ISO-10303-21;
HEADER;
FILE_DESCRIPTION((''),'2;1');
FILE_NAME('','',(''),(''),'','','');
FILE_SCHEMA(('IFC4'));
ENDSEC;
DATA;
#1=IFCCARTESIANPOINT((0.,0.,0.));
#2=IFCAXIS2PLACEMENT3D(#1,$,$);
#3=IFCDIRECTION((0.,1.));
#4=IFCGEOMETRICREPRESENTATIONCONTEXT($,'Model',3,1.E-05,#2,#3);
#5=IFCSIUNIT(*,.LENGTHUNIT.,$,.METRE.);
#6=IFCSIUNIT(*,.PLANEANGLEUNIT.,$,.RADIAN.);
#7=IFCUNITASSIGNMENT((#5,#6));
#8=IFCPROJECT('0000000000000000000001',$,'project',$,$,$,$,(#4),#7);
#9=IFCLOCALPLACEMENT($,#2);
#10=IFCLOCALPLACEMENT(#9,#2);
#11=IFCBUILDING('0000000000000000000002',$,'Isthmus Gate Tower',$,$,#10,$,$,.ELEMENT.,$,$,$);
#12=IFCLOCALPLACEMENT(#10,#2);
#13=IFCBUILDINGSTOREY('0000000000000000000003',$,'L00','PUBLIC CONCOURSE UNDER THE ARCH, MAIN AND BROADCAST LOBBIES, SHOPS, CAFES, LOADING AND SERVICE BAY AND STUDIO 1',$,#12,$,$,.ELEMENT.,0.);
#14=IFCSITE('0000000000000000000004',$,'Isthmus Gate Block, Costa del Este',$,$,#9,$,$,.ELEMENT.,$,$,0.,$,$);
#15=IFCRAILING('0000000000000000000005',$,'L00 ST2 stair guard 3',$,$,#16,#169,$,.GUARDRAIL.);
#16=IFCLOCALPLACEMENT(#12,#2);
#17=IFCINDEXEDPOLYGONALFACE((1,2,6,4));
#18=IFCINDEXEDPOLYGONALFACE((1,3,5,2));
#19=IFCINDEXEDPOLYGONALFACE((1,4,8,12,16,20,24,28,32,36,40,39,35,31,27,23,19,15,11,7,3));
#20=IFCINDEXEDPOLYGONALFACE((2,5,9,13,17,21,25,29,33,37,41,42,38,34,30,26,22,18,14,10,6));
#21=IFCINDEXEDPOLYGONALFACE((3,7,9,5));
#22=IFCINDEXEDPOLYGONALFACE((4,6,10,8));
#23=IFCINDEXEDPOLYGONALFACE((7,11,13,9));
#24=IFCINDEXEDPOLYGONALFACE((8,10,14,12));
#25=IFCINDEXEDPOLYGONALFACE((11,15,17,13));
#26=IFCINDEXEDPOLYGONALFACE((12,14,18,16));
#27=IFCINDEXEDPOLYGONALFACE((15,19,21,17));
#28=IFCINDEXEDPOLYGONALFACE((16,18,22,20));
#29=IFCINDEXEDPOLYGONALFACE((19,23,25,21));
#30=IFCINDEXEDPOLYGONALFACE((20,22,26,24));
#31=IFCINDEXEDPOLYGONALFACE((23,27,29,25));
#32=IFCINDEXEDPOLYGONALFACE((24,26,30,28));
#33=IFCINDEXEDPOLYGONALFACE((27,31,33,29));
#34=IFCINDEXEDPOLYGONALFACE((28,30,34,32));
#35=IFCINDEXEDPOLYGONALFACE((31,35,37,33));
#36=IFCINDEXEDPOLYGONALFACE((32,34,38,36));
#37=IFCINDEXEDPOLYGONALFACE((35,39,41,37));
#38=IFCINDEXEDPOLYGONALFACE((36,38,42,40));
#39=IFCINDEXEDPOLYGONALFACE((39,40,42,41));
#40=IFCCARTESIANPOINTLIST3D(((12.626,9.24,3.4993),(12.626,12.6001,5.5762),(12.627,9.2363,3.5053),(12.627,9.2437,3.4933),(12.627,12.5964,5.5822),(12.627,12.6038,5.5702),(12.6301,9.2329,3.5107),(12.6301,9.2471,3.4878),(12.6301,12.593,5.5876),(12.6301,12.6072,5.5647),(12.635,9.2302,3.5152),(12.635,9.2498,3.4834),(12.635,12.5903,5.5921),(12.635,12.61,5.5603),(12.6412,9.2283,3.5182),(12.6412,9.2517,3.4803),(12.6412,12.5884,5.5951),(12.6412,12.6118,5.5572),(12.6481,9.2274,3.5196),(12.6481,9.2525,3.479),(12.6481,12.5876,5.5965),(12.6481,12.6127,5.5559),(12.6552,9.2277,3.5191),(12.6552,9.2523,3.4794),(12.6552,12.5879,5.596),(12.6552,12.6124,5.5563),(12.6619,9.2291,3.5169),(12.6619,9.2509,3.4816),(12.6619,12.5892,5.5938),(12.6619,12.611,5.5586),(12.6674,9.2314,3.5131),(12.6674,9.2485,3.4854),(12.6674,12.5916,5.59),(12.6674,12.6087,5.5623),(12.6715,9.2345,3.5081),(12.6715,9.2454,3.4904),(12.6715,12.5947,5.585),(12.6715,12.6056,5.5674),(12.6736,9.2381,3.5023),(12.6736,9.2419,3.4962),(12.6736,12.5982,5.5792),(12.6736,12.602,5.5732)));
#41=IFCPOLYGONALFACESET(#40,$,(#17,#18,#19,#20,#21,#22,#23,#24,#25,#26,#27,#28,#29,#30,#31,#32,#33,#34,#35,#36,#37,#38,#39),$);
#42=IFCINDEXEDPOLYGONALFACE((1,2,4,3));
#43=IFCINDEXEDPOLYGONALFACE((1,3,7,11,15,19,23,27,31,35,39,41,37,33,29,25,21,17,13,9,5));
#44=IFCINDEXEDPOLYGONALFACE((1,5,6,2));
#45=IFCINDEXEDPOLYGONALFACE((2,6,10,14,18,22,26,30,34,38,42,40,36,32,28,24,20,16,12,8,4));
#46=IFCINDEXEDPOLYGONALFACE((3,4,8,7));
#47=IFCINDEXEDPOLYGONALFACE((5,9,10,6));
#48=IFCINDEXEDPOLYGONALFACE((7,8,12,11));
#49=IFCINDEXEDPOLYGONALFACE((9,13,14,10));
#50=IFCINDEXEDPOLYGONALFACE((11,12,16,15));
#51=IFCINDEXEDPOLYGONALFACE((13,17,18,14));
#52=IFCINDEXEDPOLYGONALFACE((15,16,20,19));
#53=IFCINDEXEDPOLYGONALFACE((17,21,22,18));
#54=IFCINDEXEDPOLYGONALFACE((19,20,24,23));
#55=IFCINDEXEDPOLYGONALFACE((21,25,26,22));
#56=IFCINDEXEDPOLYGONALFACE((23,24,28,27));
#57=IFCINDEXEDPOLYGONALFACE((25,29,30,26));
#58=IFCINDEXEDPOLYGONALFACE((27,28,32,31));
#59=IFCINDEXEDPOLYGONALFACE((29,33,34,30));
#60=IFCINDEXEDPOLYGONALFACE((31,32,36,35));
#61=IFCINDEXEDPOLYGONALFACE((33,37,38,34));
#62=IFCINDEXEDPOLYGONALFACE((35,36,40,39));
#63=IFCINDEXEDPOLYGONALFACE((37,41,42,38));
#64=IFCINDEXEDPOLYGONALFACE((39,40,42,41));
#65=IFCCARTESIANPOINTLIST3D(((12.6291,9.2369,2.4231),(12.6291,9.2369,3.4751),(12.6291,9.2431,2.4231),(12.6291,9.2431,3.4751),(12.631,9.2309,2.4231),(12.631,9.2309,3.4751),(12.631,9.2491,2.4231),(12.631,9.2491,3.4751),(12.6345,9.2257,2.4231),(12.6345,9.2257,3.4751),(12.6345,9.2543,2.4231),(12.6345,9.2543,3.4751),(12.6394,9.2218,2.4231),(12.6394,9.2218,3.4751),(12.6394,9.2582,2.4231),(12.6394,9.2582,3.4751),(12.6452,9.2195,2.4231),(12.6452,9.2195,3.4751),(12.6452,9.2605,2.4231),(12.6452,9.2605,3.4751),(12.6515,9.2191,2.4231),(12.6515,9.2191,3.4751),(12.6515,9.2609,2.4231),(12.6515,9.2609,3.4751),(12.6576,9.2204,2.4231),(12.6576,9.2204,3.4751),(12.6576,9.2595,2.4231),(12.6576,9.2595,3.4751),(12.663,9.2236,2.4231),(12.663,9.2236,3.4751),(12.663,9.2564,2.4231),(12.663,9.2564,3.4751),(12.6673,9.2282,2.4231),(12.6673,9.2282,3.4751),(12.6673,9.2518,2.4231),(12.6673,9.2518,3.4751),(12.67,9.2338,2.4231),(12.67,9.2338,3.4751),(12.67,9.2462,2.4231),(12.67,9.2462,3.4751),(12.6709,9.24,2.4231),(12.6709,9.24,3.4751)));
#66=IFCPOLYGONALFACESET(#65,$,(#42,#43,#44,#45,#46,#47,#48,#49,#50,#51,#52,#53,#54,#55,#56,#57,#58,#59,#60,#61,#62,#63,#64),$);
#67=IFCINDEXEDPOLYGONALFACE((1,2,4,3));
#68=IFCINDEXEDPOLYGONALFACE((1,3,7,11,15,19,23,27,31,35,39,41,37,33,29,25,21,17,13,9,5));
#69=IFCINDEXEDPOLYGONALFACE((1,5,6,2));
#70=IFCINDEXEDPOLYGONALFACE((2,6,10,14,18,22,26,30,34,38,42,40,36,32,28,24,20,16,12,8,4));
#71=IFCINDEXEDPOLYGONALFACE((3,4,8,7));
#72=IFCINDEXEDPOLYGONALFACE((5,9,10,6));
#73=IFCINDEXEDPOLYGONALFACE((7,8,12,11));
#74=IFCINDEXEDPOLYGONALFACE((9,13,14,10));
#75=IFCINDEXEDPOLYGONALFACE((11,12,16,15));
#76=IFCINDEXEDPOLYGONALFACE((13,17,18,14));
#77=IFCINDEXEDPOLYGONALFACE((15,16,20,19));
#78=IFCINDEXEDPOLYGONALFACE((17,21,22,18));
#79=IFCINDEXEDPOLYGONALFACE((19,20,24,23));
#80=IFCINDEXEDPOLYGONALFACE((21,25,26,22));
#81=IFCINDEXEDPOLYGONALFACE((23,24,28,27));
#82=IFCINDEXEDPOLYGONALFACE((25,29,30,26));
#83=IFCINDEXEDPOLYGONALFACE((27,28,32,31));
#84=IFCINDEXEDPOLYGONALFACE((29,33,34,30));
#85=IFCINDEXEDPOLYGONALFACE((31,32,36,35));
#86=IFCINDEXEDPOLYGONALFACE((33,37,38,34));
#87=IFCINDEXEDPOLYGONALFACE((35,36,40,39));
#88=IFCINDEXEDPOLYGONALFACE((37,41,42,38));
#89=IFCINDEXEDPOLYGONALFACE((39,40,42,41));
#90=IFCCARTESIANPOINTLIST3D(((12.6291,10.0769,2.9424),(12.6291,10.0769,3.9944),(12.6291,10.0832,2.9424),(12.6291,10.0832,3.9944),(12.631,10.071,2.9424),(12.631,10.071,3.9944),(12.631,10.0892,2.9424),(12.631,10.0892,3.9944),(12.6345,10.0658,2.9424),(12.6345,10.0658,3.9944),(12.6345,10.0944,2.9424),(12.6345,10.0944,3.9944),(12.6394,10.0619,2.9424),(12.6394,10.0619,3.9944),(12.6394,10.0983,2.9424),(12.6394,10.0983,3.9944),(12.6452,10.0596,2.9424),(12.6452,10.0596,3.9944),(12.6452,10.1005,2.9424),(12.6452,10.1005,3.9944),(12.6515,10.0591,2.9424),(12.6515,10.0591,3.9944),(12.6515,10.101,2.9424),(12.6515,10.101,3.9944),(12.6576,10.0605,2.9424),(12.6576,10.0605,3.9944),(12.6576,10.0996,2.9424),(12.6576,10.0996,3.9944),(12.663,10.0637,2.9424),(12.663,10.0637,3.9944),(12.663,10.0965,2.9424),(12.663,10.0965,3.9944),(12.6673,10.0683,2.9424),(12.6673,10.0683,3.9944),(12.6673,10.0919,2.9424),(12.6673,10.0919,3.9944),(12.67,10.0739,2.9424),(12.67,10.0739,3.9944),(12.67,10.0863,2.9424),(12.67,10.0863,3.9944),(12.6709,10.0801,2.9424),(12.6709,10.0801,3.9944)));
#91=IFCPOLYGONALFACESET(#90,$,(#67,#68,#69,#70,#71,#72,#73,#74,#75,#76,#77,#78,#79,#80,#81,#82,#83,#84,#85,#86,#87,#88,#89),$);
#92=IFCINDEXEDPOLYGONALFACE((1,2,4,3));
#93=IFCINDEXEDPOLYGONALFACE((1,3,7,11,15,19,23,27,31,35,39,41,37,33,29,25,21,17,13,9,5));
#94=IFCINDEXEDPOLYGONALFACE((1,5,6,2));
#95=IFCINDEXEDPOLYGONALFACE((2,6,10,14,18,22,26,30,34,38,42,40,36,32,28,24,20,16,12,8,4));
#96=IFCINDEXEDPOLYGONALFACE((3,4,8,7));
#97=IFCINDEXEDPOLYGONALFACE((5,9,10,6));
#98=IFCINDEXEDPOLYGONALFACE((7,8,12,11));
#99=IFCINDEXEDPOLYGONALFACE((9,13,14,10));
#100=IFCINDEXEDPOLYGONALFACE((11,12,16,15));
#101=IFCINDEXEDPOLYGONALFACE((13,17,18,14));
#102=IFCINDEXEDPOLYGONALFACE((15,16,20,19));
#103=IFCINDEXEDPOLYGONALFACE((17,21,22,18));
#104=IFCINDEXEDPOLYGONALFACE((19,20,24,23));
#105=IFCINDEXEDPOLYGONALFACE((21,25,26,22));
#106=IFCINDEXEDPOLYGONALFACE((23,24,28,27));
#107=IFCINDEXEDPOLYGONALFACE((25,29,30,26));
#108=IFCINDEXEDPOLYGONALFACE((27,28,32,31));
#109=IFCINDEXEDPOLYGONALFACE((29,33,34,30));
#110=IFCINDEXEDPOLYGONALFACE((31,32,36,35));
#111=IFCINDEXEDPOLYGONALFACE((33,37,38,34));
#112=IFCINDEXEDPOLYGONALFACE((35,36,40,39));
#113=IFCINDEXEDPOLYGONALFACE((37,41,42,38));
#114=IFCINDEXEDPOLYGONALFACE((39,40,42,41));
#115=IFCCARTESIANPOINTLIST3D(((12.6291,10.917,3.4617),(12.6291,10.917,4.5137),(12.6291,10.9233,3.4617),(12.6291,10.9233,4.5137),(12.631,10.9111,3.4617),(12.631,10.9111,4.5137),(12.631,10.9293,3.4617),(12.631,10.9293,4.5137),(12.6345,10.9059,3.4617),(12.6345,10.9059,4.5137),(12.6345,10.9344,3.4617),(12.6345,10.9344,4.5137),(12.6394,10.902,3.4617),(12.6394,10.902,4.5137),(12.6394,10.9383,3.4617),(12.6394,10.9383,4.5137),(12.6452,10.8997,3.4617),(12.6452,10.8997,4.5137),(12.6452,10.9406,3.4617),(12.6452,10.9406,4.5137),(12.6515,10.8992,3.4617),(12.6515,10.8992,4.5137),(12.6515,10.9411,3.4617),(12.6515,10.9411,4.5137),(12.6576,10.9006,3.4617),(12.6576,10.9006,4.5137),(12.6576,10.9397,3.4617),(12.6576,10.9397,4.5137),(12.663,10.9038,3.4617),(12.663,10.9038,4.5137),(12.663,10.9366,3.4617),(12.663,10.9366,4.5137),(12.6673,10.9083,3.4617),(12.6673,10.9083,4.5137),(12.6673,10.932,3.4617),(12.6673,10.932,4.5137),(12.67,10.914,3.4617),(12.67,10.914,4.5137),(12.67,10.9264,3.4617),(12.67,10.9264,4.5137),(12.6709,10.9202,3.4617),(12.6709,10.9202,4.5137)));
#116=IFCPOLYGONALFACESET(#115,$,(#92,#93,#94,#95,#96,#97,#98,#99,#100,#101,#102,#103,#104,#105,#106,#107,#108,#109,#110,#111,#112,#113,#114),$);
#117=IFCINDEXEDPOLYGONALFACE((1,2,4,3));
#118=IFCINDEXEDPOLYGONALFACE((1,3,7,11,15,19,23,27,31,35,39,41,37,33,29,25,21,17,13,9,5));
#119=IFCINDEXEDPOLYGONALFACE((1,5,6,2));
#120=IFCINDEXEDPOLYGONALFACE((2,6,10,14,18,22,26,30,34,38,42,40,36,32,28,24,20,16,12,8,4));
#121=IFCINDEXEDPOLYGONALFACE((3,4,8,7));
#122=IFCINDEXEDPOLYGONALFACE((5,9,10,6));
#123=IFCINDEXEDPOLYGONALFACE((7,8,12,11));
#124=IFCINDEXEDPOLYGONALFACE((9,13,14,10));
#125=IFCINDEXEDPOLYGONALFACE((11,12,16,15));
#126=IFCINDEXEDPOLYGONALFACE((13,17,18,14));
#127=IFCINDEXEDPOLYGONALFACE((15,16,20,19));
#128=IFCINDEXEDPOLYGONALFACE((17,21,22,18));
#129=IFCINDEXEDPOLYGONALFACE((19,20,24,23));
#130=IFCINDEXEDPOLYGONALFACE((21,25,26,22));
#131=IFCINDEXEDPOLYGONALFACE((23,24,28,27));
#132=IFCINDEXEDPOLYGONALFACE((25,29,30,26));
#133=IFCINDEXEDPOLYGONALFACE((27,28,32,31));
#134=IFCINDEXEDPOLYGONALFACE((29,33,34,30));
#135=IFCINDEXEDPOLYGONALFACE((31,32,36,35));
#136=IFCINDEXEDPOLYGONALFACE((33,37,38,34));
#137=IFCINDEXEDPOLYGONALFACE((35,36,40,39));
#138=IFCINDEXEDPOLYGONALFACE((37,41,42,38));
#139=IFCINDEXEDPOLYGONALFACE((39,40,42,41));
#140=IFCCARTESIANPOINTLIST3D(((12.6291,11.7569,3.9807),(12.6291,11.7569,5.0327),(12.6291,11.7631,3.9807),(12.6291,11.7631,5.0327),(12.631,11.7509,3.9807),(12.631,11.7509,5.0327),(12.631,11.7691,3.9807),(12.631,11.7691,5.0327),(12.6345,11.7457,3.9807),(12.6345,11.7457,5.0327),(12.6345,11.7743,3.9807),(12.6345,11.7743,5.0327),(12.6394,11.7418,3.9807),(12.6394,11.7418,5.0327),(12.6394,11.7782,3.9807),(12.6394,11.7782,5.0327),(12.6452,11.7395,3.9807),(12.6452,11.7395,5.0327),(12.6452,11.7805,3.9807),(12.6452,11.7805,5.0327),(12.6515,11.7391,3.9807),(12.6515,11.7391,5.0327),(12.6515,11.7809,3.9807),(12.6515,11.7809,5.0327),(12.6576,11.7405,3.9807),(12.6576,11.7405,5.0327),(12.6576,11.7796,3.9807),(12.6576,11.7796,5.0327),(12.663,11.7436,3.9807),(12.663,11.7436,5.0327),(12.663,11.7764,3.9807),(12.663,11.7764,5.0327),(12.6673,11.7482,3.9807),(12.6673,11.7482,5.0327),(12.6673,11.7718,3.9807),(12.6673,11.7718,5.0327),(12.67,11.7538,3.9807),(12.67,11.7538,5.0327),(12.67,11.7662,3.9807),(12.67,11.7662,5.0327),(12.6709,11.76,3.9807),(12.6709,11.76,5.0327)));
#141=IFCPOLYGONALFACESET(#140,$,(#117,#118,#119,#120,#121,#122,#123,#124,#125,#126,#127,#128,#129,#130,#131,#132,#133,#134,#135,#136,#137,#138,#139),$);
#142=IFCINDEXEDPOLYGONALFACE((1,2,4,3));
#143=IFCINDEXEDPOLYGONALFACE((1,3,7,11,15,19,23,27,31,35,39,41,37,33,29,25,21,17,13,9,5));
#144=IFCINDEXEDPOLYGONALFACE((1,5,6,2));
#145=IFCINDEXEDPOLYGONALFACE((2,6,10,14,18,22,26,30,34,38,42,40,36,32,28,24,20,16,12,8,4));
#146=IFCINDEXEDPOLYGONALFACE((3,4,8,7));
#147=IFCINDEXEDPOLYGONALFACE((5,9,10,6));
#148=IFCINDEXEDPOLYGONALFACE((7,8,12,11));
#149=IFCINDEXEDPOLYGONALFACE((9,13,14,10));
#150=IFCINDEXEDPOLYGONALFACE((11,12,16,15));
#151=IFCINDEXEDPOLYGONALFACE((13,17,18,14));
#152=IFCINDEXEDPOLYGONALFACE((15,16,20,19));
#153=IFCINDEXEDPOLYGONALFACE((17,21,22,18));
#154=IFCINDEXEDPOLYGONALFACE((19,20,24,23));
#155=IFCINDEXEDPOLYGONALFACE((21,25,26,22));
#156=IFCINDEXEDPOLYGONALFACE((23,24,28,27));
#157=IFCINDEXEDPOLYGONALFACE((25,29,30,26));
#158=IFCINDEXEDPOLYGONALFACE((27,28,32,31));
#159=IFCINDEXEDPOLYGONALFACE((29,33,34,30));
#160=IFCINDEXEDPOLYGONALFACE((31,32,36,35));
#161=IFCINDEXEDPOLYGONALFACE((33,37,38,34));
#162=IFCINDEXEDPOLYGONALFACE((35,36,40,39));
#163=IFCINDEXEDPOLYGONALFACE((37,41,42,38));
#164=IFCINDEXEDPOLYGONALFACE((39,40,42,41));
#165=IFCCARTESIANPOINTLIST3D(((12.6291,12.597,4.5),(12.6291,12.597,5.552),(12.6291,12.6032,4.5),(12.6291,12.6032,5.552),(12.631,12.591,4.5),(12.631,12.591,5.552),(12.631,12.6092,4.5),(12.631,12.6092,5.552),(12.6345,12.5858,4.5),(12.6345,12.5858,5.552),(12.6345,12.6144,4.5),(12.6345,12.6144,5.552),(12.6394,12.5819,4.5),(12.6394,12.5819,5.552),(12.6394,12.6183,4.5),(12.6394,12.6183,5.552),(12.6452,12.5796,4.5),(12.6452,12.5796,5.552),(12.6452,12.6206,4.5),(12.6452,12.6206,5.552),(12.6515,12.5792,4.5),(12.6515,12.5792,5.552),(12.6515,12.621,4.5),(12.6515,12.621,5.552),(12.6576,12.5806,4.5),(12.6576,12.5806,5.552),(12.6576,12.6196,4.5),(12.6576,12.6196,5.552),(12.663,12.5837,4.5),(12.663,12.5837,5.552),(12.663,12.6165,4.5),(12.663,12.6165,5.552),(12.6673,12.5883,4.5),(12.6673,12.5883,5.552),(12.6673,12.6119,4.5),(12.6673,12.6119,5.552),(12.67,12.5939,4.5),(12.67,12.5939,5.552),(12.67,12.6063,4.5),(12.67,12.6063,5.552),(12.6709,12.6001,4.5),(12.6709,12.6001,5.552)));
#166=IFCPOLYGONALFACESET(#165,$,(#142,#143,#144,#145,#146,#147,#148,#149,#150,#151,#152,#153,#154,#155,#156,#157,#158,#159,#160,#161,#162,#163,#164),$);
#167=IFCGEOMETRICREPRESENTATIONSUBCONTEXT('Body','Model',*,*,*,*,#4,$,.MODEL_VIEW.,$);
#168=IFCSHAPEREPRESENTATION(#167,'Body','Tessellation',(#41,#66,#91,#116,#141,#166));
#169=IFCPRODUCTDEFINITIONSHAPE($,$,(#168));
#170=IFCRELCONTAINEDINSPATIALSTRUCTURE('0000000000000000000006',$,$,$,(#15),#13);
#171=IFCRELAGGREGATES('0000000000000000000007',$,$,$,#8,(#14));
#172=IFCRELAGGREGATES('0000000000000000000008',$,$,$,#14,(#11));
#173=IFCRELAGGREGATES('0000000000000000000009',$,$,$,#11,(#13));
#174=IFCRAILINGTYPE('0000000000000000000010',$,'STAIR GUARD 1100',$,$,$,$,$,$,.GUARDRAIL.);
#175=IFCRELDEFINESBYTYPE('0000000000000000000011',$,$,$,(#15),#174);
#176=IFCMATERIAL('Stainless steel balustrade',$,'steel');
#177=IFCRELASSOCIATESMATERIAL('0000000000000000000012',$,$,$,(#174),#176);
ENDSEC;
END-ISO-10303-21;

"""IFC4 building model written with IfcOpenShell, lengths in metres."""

from ifc_helpers import new_model, si_unit, direction, frame, origin, origin_2d, place, context, subcontext, project, spatial, circle, extrude, material, type_object, element, save


model = new_model("IFC4")

# Units and contexts
model_context = context("Model", 3, precision=1e-05, world=origin(), true_north=direction((0.0, 1.0)))
body_context = subcontext(model_context, "Body", "Model", "MODEL_VIEW")
ifc_project = project(units=[si_unit("LENGTHUNIT", "METRE"), si_unit("PLANEANGLEUNIT", "RADIAN")], contexts=[model_context])

# Site, building, storey
site_placement = place(None, origin())
site = spatial("IfcSite", under=ifc_project, at=site_placement, Name="Isthmus Gate Block, Costa del Este", CompositionType="ELEMENT", RefElevation=0.0)
building_placement = place(site_placement, origin())
building = spatial("IfcBuilding", under=site, at=building_placement, Name="Isthmus Gate Tower", CompositionType="ELEMENT")
storey_placement = place(building_placement, origin())
storey = spatial("IfcBuildingStorey", under=building, at=storey_placement, Name="L00", Description="PUBLIC CONCOURSE UNDER THE ARCH, MAIN AND BROADCAST LOBBIES, SHOPS, CAFES, LOADING AND SERVICE BAY AND STUDIO 1", CompositionType="ELEMENT", Elevation=0.0)

# Railing
ifc_material_1 = material(Name="Stainless steel balustrade", Category="steel")
railing_type_1 = type_object("IfcRailingType", Name="STAIR GUARD 1100", PredefinedType="GUARDRAIL", material=ifc_material_1)
railing_1_placement = place(storey_placement, frame((12.6499, 9.24, 2.4231)))
element("IfcRailing", 1, at=railing_1_placement, inside=storey, type_object=railing_type_1, Name="L00 ST2 stair guard 3", PredefinedType="GUARDRAIL", context=body_context, shape_type="SweptSolid", body=[
    extrude(circle(Radius=0.0239, at=origin_2d()), frame((0.0, 0.0, 1.0762), z_axis=(0.0, 0.850623, 0.525776), x_axis=(-1.0, 0.0, 0.0)), (0.0, 0.0, 1.0), 3.9502),
    extrude(circle(Radius=0.021, at=origin_2d()), origin(), (0.0, 0.0, 1.0), 1.052),
    extrude(circle(Radius=0.021, at=origin_2d()), frame((0.0, 0.8401, 0.5193)), (0.0, 0.0, 1.0), 1.052),
    extrude(circle(Radius=0.021, at=origin_2d()), frame((0.0, 1.6802, 1.0386)), (0.0, 0.0, 1.0), 1.052),
    extrude(circle(Radius=0.021, at=origin_2d()), frame((0.0, 2.52, 1.5576)), (0.0, 0.0, 1.0), 1.052),
    extrude(circle(Radius=0.021, at=origin_2d()), frame((0.0, 3.3601, 2.0769)), (0.0, 0.0, 1.0), 1.052),
])

save(model, "model.ifc")
